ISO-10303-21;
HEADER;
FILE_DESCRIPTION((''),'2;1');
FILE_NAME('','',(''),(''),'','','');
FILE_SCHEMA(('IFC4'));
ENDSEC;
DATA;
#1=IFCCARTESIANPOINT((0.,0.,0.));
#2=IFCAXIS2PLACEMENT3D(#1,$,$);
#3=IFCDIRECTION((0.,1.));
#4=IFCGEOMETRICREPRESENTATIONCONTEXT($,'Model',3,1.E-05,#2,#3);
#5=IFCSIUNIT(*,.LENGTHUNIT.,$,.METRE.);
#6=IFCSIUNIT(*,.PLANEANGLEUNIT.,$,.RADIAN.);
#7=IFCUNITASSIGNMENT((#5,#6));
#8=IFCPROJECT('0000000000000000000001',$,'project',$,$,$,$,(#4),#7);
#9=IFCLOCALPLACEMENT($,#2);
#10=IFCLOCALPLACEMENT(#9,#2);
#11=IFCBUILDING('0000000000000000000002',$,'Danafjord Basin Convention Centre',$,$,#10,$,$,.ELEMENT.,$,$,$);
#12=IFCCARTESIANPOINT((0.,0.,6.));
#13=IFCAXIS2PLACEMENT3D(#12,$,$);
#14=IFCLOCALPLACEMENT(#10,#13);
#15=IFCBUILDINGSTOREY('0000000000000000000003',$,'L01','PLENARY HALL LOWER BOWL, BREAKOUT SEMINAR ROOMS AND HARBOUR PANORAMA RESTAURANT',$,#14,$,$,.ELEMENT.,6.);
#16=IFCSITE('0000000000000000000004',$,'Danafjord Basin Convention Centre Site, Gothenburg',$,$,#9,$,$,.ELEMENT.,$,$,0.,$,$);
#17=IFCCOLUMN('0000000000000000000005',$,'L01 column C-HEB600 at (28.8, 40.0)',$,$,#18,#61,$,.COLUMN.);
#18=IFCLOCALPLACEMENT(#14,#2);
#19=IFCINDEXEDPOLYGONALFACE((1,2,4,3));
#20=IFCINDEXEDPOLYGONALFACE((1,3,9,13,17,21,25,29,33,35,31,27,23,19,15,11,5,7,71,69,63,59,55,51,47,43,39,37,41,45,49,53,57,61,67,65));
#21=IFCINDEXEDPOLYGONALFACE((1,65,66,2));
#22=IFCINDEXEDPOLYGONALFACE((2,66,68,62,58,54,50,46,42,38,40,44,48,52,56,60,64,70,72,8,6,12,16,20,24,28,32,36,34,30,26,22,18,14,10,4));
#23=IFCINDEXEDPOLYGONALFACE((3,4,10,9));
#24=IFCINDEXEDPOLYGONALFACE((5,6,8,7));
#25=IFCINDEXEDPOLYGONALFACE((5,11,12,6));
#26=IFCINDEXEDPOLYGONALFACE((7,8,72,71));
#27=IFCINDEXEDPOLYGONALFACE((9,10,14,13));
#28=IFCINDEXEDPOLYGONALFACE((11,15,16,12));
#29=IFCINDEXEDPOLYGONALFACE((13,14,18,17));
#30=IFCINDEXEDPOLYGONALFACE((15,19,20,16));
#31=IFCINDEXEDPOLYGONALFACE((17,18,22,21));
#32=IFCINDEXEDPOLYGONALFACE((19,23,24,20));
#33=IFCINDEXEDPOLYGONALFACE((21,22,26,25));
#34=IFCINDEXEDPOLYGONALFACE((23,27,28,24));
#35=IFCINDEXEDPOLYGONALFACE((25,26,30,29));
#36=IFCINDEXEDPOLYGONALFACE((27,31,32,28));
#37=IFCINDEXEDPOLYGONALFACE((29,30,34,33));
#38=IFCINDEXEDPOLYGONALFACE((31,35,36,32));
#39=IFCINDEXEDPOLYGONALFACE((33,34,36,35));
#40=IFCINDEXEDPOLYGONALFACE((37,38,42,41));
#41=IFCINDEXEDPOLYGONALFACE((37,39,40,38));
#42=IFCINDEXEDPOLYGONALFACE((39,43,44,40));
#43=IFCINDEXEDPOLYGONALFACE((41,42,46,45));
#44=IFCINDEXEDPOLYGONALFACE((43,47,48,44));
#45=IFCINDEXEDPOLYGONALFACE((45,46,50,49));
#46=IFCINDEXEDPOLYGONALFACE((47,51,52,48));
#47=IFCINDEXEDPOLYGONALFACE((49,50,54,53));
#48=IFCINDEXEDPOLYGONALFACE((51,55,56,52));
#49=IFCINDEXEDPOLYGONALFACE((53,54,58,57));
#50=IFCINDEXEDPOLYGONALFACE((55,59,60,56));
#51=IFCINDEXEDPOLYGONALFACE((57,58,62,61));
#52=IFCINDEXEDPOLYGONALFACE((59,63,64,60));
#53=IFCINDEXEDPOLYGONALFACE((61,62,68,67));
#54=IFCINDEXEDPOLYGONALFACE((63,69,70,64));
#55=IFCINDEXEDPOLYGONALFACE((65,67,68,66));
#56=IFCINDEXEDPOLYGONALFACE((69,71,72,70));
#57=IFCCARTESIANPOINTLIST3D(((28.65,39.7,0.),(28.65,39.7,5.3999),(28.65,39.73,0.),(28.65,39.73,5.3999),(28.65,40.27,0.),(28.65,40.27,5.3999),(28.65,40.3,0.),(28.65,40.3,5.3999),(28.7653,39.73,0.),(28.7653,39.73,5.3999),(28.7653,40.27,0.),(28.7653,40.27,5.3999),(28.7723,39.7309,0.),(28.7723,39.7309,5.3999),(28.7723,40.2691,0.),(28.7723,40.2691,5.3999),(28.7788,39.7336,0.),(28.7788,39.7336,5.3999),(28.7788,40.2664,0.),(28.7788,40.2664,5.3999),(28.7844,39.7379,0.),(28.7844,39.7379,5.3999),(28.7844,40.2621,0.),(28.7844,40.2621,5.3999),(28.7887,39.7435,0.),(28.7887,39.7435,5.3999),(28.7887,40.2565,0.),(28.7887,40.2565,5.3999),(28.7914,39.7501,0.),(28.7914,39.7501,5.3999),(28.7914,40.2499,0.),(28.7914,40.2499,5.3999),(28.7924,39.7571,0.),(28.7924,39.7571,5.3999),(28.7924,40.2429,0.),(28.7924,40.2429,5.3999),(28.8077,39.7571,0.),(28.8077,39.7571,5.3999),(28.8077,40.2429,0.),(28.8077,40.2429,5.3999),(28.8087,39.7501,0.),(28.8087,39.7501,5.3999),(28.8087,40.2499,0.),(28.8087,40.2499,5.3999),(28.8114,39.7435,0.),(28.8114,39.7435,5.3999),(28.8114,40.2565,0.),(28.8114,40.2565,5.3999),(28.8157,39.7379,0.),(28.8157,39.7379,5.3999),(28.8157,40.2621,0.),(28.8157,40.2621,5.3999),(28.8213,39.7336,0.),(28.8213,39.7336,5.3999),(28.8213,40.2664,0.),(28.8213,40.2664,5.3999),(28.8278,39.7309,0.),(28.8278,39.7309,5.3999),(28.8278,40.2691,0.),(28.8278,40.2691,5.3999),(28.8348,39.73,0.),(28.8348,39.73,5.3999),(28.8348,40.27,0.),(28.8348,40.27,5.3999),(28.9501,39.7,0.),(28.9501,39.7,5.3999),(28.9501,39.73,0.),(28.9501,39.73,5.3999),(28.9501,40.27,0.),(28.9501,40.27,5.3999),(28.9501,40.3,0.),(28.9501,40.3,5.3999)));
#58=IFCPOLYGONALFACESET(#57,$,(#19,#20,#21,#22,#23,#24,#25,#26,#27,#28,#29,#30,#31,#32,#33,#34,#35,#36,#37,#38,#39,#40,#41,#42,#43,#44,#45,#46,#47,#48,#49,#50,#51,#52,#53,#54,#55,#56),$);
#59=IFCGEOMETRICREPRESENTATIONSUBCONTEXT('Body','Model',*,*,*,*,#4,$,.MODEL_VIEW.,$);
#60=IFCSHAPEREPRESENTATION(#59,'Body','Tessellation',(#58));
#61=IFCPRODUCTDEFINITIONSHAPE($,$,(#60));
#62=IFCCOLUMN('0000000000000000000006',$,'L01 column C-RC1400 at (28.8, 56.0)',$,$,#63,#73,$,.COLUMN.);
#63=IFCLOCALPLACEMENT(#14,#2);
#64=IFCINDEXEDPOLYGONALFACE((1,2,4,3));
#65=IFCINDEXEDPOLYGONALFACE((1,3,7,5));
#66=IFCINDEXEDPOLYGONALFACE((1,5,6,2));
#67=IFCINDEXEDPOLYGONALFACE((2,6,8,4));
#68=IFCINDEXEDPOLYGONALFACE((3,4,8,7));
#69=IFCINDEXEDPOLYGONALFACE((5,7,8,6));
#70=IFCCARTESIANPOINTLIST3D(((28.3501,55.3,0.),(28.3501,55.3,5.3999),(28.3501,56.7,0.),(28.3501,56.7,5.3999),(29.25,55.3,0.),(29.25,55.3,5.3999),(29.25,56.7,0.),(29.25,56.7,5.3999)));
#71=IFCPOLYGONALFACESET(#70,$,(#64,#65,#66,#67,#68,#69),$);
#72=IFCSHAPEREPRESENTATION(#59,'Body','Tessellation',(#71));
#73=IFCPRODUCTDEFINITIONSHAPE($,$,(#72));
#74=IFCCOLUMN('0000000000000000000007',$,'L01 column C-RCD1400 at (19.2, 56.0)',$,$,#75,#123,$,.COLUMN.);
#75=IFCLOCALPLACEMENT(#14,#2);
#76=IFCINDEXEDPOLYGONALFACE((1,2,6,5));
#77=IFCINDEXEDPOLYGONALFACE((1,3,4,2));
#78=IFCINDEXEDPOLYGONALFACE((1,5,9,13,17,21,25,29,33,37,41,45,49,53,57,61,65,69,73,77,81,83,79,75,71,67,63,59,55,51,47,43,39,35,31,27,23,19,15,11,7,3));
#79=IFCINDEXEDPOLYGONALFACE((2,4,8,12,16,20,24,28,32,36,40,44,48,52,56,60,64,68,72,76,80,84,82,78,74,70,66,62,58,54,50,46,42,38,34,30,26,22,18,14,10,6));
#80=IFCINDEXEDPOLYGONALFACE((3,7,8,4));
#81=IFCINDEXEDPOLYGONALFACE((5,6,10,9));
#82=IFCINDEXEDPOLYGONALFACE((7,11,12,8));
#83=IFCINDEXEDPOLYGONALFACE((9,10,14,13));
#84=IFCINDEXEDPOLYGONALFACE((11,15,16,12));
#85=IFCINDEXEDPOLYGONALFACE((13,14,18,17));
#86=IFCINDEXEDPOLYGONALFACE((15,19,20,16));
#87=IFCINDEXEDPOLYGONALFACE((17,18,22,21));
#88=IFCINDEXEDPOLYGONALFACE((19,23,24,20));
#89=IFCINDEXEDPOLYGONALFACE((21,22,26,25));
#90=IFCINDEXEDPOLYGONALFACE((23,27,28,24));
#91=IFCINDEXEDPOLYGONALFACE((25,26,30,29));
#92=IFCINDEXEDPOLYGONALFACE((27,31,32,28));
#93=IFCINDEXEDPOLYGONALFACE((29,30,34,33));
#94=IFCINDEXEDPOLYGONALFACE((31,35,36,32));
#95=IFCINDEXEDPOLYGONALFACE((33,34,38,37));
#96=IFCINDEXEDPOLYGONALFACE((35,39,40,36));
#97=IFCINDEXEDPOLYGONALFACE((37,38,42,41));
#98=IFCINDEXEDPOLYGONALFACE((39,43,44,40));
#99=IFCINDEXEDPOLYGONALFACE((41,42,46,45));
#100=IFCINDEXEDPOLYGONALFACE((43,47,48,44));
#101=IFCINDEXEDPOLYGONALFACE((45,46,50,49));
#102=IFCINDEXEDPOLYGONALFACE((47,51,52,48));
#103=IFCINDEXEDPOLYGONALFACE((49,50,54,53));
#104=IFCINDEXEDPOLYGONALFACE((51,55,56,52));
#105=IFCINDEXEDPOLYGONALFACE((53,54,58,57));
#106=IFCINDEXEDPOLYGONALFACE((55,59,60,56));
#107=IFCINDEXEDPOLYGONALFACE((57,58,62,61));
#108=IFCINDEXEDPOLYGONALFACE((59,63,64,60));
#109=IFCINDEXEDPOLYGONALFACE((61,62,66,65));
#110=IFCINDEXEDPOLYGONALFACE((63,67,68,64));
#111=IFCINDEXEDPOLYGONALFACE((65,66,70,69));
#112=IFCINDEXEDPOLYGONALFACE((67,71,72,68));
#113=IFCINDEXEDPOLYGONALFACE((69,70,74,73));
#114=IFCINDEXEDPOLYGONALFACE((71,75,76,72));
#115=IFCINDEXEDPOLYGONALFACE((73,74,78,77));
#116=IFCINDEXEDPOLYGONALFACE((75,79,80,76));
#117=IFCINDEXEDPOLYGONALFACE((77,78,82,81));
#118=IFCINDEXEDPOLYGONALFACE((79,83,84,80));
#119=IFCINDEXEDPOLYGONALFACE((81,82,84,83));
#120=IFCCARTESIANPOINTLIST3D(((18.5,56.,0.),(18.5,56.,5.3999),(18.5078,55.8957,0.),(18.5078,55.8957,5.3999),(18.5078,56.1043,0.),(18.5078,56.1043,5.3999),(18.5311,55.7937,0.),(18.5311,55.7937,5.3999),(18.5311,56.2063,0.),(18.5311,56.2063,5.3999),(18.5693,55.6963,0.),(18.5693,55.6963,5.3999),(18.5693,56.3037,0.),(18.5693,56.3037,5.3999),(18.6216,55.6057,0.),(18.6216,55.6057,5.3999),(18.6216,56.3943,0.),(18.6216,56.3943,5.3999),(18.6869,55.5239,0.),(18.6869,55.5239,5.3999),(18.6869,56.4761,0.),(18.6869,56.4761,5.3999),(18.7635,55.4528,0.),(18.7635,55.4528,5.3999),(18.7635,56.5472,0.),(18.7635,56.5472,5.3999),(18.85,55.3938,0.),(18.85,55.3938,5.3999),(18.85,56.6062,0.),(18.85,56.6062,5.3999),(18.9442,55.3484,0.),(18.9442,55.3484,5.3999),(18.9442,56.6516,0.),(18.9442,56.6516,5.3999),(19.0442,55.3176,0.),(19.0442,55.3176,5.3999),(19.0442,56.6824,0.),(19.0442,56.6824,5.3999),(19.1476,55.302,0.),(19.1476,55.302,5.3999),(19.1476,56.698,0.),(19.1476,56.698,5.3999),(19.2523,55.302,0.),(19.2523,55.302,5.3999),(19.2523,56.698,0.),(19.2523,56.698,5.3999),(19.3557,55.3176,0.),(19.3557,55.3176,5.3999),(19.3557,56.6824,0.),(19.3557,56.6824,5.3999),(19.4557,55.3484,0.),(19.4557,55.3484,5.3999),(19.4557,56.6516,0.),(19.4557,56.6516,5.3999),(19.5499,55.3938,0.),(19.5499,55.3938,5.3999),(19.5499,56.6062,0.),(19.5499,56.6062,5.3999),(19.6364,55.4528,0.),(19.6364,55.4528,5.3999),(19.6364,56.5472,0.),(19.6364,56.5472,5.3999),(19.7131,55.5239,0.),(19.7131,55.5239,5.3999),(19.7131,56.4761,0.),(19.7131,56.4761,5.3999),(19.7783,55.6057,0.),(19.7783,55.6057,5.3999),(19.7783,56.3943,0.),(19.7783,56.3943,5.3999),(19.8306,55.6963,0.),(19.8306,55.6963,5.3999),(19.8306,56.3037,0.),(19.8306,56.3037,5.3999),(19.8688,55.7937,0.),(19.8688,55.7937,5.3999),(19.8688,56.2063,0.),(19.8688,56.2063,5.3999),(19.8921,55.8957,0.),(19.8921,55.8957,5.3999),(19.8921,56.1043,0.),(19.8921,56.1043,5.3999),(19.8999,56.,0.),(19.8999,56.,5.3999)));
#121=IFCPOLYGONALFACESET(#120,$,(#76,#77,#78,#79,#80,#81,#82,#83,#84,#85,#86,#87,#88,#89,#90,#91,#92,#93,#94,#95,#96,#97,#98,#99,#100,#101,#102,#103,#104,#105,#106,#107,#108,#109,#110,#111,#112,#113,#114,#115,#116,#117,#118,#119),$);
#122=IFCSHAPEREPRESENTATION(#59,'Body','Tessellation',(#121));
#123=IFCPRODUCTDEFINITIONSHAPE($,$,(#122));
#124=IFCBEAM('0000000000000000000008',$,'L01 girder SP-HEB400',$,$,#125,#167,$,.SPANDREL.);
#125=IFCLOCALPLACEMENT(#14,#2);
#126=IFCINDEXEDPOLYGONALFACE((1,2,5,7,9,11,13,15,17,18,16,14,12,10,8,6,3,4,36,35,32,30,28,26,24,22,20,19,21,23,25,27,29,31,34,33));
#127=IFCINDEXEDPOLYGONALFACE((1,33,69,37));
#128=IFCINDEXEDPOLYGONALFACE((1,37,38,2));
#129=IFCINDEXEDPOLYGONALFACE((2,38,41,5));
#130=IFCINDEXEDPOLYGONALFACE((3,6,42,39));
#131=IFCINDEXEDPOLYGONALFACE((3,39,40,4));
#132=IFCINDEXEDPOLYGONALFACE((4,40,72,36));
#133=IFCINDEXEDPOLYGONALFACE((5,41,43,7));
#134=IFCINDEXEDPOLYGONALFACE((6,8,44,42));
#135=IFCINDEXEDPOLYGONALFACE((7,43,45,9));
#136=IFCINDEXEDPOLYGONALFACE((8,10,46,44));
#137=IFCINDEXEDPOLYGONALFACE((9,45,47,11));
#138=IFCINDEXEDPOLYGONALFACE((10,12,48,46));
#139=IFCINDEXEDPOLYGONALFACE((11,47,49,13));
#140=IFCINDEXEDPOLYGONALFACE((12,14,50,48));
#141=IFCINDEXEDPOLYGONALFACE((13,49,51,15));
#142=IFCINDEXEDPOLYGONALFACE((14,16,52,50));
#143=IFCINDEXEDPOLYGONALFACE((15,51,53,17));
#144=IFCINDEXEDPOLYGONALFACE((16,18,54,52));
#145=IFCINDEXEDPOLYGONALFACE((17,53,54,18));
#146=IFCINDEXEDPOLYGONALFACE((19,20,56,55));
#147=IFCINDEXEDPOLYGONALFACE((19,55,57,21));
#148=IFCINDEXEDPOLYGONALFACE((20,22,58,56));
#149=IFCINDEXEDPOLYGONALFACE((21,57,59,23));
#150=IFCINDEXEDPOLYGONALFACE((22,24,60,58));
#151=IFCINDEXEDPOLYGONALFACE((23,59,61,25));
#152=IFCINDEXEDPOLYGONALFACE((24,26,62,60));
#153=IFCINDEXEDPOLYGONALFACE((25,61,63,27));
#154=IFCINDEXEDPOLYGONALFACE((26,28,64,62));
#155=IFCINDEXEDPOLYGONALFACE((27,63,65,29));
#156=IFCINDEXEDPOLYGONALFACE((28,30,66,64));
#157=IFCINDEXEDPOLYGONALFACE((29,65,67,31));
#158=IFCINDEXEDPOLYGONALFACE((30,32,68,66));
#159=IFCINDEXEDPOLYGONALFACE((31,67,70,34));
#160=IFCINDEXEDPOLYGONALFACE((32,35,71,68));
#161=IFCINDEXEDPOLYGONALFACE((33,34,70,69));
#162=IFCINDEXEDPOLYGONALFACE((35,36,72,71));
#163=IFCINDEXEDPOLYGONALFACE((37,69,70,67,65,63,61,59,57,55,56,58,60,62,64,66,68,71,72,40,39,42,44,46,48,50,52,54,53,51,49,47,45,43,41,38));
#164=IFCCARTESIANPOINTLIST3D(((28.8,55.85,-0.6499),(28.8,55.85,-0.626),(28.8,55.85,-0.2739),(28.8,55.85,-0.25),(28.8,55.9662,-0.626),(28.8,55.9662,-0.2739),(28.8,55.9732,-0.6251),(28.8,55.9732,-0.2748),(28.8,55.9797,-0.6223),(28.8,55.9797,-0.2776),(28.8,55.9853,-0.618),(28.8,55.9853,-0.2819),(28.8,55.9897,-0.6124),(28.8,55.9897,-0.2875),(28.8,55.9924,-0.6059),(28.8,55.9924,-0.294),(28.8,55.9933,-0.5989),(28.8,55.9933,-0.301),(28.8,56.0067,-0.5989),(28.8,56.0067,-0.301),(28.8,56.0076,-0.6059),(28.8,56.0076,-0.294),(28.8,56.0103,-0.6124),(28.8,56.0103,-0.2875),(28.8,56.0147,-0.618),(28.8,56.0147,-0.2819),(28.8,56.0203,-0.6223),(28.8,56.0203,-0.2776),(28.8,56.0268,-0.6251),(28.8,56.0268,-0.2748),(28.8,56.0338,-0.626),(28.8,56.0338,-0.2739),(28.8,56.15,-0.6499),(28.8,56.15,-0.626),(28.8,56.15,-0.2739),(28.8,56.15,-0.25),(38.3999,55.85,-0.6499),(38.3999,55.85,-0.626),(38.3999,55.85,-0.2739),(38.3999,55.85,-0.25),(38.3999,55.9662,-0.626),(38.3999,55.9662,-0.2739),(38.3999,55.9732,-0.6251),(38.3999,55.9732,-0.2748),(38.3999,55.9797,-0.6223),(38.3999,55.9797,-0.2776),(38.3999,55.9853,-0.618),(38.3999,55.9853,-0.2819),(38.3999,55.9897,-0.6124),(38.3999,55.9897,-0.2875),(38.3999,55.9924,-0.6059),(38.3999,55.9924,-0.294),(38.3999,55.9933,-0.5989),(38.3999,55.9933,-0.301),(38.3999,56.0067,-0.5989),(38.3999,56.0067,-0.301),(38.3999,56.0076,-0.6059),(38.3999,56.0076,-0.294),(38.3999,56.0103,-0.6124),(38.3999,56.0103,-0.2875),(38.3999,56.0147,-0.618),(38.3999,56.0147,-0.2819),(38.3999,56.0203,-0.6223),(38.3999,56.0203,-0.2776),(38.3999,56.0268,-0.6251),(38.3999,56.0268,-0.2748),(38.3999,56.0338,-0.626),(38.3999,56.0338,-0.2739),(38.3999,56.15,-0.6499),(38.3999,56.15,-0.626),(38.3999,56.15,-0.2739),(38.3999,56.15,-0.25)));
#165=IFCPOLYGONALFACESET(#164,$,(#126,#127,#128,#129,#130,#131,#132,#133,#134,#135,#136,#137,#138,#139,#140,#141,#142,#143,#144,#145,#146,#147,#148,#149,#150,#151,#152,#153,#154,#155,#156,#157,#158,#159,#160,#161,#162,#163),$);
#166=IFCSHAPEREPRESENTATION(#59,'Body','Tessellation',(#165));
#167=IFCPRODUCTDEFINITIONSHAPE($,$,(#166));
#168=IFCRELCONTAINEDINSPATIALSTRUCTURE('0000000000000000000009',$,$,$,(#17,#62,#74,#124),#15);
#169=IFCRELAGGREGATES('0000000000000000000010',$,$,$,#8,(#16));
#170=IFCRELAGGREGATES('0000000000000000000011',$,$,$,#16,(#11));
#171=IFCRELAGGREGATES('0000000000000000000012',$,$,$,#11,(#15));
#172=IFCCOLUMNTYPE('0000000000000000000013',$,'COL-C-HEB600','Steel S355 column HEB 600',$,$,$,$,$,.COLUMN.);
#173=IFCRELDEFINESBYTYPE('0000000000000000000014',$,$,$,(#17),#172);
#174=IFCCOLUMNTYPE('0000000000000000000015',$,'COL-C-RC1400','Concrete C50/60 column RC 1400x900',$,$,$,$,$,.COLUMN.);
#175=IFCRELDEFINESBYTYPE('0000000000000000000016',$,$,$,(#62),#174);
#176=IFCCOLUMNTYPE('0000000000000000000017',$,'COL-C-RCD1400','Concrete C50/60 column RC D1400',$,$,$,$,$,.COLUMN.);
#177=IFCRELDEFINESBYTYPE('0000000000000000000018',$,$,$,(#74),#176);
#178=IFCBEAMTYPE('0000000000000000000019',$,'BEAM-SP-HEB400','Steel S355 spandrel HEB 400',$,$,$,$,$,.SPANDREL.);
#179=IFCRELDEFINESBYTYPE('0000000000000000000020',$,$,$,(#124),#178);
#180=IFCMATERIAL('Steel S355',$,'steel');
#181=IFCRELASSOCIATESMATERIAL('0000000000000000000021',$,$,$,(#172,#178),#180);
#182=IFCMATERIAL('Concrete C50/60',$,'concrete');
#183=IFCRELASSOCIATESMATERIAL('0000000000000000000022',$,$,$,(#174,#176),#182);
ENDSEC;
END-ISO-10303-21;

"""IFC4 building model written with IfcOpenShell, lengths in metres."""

from ifc_helpers import new_model, si_unit, direction, frame, origin, origin_2d, place, context, subcontext, project, spatial, rectangle, circle, i_section, extrude, material, material_profile, profile_set, type_object, element, save


model = new_model("IFC4")

# Units and contexts
model_context = context("Model", 3, precision=1e-05, world=origin(), true_north=direction((0.0, 1.0)))
body_context = subcontext(model_context, "Body", "Model", "MODEL_VIEW")
ifc_project = project(units=[si_unit("LENGTHUNIT", "METRE"), si_unit("PLANEANGLEUNIT", "RADIAN")], contexts=[model_context])

# Site, building, storey
site_placement = place(None, origin())
site = spatial("IfcSite", under=ifc_project, at=site_placement, Name="Danafjord Basin Convention Centre Site, Gothenburg", CompositionType="ELEMENT", RefElevation=0.0)
building_placement = place(site_placement, origin())
building = spatial("IfcBuilding", under=site, at=building_placement, Name="Danafjord Basin Convention Centre", CompositionType="ELEMENT")
storey_placement = place(building_placement, frame((0.0, 0.0, 6.0)))
storey = spatial("IfcBuildingStorey", under=building, at=storey_placement, Name="L01", Description="PLENARY HALL LOWER BOWL, BREAKOUT SEMINAR ROOMS AND HARBOUR PANORAMA RESTAURANT", CompositionType="ELEMENT", Elevation=6.0)

# Columns
ifc_material_1 = material(Name="Steel S355", Category="steel")
ifc_material_profile_1 = material_profile(ifc_material_1, i_section(OverallWidth=0.3, OverallDepth=0.6001, WebThickness=0.0154, FlangeThickness=0.03, FilletRadius=0.0271, at=origin_2d()), Name="HEB 600")
ifc_profile_set_1 = profile_set([ifc_material_profile_1], Name="Steel S355")
column_type_1 = type_object("IfcColumnType", Name="COL-C-HEB600", Description="Steel S355 column HEB 600", PredefinedType="COLUMN", material=ifc_profile_set_1)
column_1_placement = place(storey_placement, frame((28.8, 40.0, 0.0), z_axis=(0.0, 0.0, 1.0), x_axis=(1.0, 0.0, 0.0)))
element("IfcColumn", 1, at=column_1_placement, inside=storey, type_object=column_type_1, Name="L01 column C-HEB600 at (28.8, 40.0)", PredefinedType="COLUMN", context=body_context, shape_type="SweptSolid", body=[
    extrude(i_section(OverallWidth=0.3, OverallDepth=0.6001, WebThickness=0.0154, FlangeThickness=0.03, FilletRadius=0.0271, at=origin_2d()), origin(), (0.0, 0.0, 1.0), 5.3999),
])
ifc_material_2 = material(Name="Concrete C50/60", Category="concrete")
ifc_material_profile_2 = material_profile(ifc_material_2, rectangle(XDim=0.8999, YDim=1.3999, at=origin_2d()), Name="RC 1400x900")
ifc_profile_set_2 = profile_set([ifc_material_profile_2], Name="Concrete C50/60")
column_type_2 = type_object("IfcColumnType", Name="COL-C-RC1400", Description="Concrete C50/60 column RC 1400x900", PredefinedType="COLUMN", material=ifc_profile_set_2)
column_2_placement = place(storey_placement, frame((28.8, 56.0, 0.0), z_axis=(0.0, 0.0, 1.0), x_axis=(1.0, 0.0, 0.0)))
element("IfcColumn", 2, at=column_2_placement, inside=storey, type_object=column_type_2, Name="L01 column C-RC1400 at (28.8, 56.0)", PredefinedType="COLUMN", context=body_context, shape_type="SweptSolid", body=[
    extrude(rectangle(XDim=0.8999, YDim=1.3999, at=origin_2d()), origin(), (0.0, 0.0, 1.0), 5.3999),
])
ifc_material_profile_3 = material_profile(ifc_material_2, circle(Radius=0.7, at=origin_2d()), Name="RC D1400")
ifc_profile_set_3 = profile_set([ifc_material_profile_3], Name="Concrete C50/60")
column_type_3 = type_object("IfcColumnType", Name="COL-C-RCD1400", Description="Concrete C50/60 column RC D1400", PredefinedType="COLUMN", material=ifc_profile_set_3)
column_3_placement = place(storey_placement, frame((19.2, 56.0, 0.0), z_axis=(0.0, 0.0, 1.0), x_axis=(1.0, 0.0, 0.0)))
element("IfcColumn", 3, at=column_3_placement, inside=storey, type_object=column_type_3, Name="L01 column C-RCD1400 at (19.2, 56.0)", PredefinedType="COLUMN", context=body_context, shape_type="SweptSolid", body=[
    extrude(circle(Radius=0.7, at=origin_2d()), origin(), (0.0, 0.0, 1.0), 5.3999),
])

# Beam
ifc_material_profile_4 = material_profile(ifc_material_1, i_section(OverallWidth=0.3, OverallDepth=0.3999, WebThickness=0.0134, FlangeThickness=0.0239, FilletRadius=0.0271, at=origin_2d()), Name="HEB 400")
ifc_profile_set_4 = profile_set([ifc_material_profile_4], Name="Steel S355")
beam_type_1 = type_object("IfcBeamType", Name="BEAM-SP-HEB400", Description="Steel S355 spandrel HEB 400", PredefinedType="SPANDREL", material=ifc_profile_set_4)
beam_1_placement = place(storey_placement, frame((28.8, 56.0, -0.45), z_axis=(1.0, 0.0, 0.0), x_axis=(0.0, 1.0, 0.0)))
element("IfcBeam", 4, at=beam_1_placement, inside=storey, type_object=beam_type_1, Name="L01 girder SP-HEB400", PredefinedType="SPANDREL", context=body_context, shape_type="SweptSolid", body=[
    extrude(i_section(OverallWidth=0.3, OverallDepth=0.3999, WebThickness=0.0134, FlangeThickness=0.0239, FilletRadius=0.0271, at=origin_2d()), origin(), (0.0, 0.0, 1.0), 9.5999),
])

save(model, "model.ifc")
